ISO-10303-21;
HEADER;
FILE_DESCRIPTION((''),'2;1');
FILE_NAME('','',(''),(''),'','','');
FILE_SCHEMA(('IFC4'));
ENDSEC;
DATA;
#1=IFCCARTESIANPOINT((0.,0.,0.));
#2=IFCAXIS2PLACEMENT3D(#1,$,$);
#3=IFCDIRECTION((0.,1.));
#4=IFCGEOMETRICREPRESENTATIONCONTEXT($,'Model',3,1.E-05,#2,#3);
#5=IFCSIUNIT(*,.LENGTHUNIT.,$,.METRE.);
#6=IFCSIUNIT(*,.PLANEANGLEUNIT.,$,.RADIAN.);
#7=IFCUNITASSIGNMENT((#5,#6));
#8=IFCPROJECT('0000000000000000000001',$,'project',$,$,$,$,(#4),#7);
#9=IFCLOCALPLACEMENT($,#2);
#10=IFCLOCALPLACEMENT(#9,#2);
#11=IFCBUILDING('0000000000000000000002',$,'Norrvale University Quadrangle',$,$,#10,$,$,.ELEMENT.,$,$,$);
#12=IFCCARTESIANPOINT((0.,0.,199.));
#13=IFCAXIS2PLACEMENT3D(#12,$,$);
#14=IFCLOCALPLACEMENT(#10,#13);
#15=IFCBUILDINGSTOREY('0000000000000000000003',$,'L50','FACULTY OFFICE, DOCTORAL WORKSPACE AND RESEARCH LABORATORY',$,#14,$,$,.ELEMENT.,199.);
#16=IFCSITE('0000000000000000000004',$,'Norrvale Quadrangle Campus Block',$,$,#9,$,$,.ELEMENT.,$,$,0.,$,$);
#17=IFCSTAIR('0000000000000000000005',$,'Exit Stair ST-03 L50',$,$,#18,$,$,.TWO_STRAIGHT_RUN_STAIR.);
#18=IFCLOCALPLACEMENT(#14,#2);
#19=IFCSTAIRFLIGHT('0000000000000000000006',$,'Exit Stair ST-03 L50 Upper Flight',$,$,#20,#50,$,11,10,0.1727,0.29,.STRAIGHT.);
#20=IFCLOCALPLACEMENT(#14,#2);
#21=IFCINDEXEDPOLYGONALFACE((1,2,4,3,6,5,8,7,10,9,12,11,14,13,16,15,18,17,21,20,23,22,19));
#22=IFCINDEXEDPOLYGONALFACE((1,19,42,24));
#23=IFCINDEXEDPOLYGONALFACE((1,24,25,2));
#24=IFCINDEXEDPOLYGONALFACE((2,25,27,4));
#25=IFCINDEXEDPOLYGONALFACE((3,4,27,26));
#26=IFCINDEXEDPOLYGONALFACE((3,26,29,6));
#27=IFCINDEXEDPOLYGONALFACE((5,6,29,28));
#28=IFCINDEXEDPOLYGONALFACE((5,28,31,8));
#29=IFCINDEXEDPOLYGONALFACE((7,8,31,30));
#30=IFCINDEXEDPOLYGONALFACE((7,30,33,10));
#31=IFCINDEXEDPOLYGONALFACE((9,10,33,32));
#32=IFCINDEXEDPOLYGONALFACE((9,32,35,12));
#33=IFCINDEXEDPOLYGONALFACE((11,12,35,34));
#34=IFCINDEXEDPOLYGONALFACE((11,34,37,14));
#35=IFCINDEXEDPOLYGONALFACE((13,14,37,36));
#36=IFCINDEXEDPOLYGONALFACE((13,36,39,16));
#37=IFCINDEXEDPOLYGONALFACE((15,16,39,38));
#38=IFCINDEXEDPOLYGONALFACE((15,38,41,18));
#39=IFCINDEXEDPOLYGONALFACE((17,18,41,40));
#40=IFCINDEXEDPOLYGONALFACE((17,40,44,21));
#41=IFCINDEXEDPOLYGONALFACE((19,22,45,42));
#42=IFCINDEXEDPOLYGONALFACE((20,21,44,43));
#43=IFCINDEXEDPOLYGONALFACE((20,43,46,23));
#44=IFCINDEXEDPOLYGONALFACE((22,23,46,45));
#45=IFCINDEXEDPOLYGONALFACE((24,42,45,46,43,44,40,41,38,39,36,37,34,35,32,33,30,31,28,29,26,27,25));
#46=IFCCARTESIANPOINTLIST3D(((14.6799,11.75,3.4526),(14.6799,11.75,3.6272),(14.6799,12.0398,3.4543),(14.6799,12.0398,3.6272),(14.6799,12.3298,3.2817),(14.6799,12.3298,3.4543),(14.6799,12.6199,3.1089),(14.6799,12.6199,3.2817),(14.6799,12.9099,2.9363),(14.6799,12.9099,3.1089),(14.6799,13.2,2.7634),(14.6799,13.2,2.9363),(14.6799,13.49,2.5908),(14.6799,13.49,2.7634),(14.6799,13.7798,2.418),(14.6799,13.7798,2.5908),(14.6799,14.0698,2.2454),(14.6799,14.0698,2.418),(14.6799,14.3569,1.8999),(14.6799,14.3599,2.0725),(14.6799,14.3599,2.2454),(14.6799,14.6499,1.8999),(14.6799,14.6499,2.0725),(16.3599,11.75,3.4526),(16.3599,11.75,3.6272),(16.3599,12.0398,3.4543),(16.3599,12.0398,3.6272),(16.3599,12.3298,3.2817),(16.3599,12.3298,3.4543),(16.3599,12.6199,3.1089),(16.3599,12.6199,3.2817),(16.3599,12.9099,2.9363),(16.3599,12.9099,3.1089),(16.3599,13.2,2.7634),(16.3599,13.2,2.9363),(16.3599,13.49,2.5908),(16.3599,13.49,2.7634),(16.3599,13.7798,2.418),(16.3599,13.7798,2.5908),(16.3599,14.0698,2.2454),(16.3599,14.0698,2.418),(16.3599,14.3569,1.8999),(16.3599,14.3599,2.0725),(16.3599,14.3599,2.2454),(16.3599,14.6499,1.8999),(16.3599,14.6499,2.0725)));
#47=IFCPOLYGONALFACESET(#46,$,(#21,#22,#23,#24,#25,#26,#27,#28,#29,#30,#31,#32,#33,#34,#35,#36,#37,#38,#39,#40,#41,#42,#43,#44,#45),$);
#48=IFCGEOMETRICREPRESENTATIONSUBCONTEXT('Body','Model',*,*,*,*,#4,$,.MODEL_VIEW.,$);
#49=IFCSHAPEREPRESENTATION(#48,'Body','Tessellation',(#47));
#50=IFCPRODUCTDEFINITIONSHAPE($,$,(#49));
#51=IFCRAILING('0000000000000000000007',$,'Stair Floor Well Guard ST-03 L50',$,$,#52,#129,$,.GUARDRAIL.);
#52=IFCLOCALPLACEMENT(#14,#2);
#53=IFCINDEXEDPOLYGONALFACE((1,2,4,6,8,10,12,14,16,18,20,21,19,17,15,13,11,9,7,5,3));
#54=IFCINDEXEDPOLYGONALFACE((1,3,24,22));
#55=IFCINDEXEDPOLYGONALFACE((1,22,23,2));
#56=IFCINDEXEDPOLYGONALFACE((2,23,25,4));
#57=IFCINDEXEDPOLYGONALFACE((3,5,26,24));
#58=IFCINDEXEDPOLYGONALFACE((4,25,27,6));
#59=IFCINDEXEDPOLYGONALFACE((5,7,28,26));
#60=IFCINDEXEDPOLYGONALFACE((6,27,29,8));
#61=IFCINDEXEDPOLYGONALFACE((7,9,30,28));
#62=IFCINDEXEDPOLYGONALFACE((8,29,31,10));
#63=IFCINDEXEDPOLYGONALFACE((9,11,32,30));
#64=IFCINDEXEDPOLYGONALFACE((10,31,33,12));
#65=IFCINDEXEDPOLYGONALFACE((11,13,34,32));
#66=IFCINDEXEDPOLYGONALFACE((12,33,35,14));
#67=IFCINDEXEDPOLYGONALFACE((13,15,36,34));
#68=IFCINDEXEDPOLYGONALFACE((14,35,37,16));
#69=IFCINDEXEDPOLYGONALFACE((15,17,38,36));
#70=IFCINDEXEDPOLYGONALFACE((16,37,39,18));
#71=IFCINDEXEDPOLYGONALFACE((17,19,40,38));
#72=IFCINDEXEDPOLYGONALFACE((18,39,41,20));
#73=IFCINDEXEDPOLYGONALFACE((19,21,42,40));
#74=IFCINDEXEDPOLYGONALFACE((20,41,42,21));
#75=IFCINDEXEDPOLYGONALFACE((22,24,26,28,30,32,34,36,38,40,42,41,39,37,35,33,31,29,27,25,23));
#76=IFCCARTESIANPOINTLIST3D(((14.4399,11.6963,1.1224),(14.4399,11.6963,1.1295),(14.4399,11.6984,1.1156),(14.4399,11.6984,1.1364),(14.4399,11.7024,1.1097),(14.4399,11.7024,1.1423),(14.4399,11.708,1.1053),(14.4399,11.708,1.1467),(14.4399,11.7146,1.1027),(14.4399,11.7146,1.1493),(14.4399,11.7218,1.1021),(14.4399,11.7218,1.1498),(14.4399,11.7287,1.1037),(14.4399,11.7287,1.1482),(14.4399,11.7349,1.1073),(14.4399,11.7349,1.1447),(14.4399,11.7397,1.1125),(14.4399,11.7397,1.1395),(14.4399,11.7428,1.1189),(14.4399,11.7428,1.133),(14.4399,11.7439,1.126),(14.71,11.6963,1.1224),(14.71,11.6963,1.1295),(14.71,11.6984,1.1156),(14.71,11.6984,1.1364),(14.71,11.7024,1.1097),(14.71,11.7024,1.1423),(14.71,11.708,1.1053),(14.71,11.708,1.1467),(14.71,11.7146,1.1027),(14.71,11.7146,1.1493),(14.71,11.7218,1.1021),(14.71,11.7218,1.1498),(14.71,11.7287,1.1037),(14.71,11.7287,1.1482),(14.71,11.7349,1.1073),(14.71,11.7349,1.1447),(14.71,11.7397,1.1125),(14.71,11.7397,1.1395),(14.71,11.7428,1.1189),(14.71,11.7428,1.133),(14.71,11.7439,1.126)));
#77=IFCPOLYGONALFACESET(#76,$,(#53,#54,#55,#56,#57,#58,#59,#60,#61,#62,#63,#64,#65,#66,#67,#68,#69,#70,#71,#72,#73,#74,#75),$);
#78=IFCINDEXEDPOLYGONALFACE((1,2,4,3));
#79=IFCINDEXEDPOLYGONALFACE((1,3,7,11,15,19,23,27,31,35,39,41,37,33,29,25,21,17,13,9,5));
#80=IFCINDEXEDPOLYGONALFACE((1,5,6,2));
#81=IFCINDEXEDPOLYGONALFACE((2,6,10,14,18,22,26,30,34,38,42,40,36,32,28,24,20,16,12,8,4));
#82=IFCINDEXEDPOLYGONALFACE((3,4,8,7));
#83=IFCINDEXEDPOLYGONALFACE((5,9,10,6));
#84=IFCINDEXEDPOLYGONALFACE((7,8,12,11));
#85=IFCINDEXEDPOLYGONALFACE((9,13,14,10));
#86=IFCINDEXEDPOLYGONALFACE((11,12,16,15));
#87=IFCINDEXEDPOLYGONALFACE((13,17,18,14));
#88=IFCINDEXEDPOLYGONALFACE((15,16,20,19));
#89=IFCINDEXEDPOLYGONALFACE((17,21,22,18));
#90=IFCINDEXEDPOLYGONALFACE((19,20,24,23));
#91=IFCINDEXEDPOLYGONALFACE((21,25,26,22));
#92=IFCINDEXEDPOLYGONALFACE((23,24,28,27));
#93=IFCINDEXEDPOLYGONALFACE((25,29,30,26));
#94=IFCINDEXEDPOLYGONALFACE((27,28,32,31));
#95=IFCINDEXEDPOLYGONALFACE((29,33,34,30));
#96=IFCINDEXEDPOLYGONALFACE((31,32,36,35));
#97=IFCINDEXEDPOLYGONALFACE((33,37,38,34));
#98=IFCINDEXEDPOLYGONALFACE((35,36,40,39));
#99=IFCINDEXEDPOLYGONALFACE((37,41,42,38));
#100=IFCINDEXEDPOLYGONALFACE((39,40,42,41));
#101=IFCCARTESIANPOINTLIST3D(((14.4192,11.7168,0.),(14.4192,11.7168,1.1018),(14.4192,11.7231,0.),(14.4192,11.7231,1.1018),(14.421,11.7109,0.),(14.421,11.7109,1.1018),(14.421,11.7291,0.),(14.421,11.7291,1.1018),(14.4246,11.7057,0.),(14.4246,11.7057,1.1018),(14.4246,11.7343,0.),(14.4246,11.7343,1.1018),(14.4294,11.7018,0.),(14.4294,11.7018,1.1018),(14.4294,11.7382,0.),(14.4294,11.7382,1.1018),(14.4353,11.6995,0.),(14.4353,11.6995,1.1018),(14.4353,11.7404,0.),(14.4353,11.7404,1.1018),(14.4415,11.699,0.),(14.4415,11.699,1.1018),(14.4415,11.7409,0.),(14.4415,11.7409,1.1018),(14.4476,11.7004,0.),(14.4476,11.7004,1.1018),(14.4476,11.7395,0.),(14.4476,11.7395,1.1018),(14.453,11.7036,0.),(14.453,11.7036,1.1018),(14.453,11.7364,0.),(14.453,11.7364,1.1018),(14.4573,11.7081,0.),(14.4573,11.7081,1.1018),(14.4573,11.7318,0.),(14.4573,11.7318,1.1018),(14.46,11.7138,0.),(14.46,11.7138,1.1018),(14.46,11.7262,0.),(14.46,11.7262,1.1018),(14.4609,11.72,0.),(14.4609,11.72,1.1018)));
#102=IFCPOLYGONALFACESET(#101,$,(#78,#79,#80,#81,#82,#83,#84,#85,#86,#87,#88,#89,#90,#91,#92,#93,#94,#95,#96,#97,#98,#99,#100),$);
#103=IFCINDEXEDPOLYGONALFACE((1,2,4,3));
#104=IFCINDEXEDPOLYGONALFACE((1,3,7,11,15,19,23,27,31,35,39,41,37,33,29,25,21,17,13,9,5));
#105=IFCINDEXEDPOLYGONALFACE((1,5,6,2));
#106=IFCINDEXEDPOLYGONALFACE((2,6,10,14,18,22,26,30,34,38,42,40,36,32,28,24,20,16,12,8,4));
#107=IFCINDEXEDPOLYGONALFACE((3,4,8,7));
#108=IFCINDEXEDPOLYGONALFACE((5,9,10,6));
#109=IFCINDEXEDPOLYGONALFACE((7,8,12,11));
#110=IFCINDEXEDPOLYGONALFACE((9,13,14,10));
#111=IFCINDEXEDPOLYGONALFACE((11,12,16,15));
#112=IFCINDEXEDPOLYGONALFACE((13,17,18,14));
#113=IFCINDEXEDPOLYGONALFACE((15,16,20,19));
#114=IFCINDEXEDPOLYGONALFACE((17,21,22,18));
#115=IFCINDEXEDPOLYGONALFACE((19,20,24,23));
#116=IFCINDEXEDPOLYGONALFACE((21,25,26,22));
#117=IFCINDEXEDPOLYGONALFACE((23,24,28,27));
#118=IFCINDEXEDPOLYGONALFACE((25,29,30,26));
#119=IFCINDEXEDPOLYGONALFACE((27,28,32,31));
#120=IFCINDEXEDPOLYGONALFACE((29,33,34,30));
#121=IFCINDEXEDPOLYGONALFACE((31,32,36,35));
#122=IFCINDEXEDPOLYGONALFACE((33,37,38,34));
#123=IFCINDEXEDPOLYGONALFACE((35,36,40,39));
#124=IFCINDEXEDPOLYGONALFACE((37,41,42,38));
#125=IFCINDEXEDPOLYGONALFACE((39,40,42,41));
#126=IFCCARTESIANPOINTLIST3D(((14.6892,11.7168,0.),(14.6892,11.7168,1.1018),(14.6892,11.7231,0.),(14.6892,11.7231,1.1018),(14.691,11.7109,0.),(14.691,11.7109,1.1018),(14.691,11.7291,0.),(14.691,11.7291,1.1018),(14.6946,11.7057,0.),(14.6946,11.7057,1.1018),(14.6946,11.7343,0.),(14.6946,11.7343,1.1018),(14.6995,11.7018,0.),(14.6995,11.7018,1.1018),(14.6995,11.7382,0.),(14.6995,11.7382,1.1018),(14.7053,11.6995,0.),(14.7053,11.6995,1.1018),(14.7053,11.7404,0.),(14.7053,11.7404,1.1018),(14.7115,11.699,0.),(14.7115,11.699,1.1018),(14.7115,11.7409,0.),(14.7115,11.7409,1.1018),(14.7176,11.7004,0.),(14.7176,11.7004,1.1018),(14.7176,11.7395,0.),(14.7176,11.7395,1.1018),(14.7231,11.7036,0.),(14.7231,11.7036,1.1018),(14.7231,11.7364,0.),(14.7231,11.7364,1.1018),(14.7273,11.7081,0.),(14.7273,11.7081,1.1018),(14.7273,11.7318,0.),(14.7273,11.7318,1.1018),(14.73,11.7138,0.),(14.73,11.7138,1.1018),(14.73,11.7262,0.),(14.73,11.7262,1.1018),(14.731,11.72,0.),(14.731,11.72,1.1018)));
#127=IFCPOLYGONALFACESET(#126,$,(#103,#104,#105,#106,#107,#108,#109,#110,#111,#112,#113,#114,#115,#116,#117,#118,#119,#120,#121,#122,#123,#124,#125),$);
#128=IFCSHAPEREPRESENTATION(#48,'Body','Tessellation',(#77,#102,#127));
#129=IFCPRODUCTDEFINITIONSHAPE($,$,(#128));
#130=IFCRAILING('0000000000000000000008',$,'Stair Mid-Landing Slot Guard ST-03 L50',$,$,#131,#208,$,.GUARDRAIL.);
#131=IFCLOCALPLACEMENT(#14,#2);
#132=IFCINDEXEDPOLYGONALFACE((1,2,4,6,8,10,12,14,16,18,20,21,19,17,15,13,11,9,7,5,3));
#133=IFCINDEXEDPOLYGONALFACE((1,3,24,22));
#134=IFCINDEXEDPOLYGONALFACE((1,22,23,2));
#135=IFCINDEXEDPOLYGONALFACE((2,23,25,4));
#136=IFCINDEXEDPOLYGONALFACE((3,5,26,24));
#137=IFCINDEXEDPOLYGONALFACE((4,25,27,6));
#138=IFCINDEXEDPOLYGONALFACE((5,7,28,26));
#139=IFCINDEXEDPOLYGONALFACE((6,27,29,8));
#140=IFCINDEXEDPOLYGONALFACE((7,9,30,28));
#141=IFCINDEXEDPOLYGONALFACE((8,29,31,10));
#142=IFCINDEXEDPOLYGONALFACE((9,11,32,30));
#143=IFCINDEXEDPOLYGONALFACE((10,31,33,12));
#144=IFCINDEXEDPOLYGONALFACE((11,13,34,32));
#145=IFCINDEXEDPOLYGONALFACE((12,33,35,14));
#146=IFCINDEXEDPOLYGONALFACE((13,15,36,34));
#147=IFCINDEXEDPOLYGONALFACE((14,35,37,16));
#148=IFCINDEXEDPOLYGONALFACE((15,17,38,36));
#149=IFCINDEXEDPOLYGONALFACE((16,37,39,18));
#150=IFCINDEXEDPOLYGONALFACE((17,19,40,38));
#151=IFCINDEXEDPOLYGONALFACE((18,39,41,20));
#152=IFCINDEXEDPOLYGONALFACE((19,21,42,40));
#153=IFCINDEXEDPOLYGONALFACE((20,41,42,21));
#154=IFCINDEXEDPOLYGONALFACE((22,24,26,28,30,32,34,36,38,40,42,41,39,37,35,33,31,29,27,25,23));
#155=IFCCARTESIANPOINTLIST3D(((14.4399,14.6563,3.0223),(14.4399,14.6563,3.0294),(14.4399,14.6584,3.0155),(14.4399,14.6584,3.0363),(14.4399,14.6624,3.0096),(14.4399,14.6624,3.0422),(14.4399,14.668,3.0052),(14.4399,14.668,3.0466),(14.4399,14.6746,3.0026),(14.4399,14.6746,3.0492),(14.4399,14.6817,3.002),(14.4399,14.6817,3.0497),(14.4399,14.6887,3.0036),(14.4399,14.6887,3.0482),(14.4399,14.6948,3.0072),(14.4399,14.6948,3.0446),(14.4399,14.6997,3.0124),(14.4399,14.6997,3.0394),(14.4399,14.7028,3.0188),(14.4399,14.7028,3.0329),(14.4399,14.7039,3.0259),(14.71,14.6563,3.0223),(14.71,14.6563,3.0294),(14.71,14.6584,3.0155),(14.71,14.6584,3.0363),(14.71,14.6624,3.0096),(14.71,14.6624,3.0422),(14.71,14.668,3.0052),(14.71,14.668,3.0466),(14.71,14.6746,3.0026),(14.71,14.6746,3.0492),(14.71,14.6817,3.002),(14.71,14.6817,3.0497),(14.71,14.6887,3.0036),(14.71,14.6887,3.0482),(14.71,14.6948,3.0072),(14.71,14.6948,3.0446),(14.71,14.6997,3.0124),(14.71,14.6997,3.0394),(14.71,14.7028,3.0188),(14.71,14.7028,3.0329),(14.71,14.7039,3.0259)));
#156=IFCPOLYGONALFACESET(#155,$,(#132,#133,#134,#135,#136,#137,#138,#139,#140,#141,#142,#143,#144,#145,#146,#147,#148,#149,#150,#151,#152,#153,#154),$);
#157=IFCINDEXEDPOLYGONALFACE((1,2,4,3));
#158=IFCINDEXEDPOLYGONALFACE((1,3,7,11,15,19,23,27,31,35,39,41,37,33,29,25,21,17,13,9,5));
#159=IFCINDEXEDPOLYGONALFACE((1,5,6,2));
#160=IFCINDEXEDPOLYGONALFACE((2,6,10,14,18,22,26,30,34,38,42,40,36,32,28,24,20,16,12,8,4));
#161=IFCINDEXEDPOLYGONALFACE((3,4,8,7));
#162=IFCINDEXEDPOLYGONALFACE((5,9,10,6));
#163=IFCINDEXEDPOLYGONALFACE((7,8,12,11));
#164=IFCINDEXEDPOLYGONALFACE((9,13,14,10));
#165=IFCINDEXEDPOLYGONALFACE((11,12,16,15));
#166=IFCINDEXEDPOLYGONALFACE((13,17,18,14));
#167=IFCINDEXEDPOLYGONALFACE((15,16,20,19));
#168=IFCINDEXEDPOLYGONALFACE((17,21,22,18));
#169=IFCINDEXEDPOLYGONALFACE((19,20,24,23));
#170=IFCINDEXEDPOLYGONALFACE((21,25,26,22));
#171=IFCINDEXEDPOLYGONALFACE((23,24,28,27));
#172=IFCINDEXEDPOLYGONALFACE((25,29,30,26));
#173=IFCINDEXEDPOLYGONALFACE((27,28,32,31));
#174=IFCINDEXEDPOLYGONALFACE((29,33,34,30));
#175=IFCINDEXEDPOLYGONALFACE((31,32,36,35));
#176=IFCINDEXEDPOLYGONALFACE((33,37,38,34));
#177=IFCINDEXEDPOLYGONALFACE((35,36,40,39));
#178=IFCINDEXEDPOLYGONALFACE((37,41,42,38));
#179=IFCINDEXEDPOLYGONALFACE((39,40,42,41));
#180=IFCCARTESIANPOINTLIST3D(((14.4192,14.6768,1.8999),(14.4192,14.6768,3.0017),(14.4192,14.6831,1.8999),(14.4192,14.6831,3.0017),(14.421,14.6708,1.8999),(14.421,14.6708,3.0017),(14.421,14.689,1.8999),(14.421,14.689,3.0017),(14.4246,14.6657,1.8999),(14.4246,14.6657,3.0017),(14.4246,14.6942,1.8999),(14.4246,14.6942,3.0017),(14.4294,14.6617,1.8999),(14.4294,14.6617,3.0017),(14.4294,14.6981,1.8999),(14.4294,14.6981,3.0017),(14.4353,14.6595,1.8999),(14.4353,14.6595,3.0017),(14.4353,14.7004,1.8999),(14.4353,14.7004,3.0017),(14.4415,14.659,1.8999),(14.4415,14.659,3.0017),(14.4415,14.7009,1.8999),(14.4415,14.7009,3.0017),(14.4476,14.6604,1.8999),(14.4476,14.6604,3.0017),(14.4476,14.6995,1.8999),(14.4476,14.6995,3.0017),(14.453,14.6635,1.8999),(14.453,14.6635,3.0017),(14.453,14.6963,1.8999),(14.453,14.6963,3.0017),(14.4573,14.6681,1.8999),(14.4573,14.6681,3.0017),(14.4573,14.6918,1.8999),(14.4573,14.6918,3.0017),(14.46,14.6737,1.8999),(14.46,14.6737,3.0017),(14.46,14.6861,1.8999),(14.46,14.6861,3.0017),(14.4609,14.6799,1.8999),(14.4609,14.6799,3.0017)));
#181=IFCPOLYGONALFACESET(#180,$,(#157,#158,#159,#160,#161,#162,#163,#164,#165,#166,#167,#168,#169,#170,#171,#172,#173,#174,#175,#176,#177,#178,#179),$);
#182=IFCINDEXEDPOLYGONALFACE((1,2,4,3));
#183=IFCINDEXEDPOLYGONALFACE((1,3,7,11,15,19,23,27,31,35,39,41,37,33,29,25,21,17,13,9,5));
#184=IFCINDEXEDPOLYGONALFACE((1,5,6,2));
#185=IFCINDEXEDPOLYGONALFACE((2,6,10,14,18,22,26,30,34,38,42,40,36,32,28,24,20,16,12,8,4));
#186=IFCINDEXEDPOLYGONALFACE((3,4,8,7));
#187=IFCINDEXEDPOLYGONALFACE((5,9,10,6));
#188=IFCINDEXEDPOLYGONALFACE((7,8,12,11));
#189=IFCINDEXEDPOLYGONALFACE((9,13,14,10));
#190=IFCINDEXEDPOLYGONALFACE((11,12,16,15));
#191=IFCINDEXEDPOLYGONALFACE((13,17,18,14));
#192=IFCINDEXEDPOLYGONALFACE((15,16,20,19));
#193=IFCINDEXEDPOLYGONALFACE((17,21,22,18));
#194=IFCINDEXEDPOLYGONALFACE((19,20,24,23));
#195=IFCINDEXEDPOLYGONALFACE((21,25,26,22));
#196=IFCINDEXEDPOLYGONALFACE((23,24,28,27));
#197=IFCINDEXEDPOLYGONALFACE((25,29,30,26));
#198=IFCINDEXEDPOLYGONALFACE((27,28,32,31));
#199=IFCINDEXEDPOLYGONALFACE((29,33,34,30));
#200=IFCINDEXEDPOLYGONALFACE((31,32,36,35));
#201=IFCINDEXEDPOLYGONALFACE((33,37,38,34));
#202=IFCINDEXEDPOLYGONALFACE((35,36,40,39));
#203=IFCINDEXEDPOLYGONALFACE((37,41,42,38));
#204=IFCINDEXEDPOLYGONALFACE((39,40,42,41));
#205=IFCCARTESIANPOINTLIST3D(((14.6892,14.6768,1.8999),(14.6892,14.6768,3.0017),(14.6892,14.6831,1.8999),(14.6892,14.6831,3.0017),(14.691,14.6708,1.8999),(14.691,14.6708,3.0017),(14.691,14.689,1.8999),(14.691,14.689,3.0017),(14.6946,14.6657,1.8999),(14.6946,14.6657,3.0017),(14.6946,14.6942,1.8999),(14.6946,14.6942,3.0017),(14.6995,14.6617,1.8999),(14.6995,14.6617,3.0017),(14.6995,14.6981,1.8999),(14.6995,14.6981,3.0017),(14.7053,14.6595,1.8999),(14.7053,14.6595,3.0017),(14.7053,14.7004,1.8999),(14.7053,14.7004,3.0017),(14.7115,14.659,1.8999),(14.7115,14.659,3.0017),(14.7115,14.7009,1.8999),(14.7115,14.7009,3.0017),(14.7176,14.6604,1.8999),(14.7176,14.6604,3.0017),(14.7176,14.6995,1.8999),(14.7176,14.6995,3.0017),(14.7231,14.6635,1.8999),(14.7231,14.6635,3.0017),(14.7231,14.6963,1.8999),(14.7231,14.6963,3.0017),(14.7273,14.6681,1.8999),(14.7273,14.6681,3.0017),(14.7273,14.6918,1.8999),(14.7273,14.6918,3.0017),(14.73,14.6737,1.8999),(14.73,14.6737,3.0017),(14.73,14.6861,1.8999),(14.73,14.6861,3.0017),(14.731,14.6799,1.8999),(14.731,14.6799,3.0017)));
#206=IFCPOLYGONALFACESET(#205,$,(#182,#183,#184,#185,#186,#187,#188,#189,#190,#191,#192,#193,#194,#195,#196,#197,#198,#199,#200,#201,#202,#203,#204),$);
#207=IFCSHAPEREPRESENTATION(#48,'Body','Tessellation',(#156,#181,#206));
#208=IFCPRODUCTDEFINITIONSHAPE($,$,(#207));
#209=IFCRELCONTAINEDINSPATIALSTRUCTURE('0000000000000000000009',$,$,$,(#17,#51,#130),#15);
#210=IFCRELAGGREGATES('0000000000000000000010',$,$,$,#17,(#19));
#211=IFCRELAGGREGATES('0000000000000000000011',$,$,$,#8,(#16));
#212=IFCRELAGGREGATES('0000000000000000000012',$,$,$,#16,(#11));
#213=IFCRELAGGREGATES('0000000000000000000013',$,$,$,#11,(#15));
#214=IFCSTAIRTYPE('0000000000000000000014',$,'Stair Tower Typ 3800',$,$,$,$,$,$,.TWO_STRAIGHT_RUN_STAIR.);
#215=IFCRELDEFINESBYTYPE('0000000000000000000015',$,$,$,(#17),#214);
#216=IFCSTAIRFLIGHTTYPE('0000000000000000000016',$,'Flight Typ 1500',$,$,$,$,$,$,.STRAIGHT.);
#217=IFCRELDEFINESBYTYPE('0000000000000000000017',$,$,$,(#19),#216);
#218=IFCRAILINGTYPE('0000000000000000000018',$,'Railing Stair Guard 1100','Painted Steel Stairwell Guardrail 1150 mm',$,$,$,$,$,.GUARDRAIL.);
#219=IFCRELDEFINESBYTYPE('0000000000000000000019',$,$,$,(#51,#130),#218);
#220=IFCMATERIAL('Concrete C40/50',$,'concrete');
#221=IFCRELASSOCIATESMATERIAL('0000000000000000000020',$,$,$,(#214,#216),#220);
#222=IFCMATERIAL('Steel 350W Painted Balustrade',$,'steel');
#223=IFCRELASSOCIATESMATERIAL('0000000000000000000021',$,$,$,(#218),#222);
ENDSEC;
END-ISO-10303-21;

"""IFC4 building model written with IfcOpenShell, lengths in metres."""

from ifc_helpers import new_model, si_unit, direction, frame, origin, origin_2d, place, context, subcontext, project, spatial, polyline, circle, outline, extrude, material, type_object, element, aggregate, save


model = new_model("IFC4")

# Units and contexts
model_context = context("Model", 3, precision=1e-05, world=origin(), true_north=direction((0.0, 1.0)))
body_context = subcontext(model_context, "Body", "Model", "MODEL_VIEW")
ifc_project = project(units=[si_unit("LENGTHUNIT", "METRE"), si_unit("PLANEANGLEUNIT", "RADIAN")], contexts=[model_context])

# Site, building, storey
site_placement = place(None, origin())
site = spatial("IfcSite", under=ifc_project, at=site_placement, Name="Norrvale Quadrangle Campus Block", CompositionType="ELEMENT", RefElevation=0.0)
building_placement = place(site_placement, origin())
building = spatial("IfcBuilding", under=site, at=building_placement, Name="Norrvale University Quadrangle", CompositionType="ELEMENT")
storey_placement = place(building_placement, frame((0.0, 0.0, 199.0)))
storey = spatial("IfcBuildingStorey", under=building, at=storey_placement, Name="L50", Description="FACULTY OFFICE, DOCTORAL WORKSPACE AND RESEARCH LABORATORY", CompositionType="ELEMENT", Elevation=199.0)

# Stair, stair flight
ifc_material_1 = material(Name="Concrete C40/50", Category="concrete")
stair_type = type_object("IfcStairType", Name="Stair Tower Typ 3800", PredefinedType="TWO_STRAIGHT_RUN_STAIR", material=ifc_material_1)
stair_placement = place(storey_placement, origin())
stair = element("IfcStair", 1, at=stair_placement, inside=storey, type_object=stair_type, Name="Exit Stair ST-03 L50", PredefinedType="TWO_STRAIGHT_RUN_STAIR")
stair_flight_type = type_object("IfcStairFlightType", Name="Flight Typ 1500", PredefinedType="STRAIGHT", material=ifc_material_1)
stair_flight_1_placement = place(storey_placement, frame((15.52, 14.6499, 1.8999), z_axis=(0.0, 0.0, 1.0), x_axis=(0.0, -1.0, 0.0)))
stair_flight_1 = element("IfcStairFlight", 2, at=stair_flight_1_placement, type_object=stair_flight_type, Name="Exit Stair ST-03 L50 Upper Flight", NumberOfRisers=11, NumberOfTreads=10, PredefinedType="STRAIGHT", RiserHeight=0.1727, TreadLength=0.29, context=body_context, shape_type="SweptSolid", body=[
    extrude(outline(polyline([(0.0, 0.0), (0.0, 0.1726), (0.29, 0.1726), (0.29, 0.3455), (0.5801, 0.3455), (0.5801, 0.5181), (0.8701, 0.5181), (0.8701, 0.6909), (1.1599, 0.6909), (1.1599, 0.8635), (1.45, 0.8635), (1.45, 1.0364), (1.74, 1.0364), (1.74, 1.209), (2.03, 1.209), (2.03, 1.3818), (2.3201, 1.3818), (2.3201, 1.5544), (2.6101, 1.5544), (2.6101, 1.7273), (2.8999, 1.7273), (2.8999, 1.8999), (2.8999, 1.5527), (0.293, 0.0), (0.0, 0.0)])), frame((0.0, 0.8398, 0.0), z_axis=(0.0, -1.0, 0.0), x_axis=(1.0, 0.0, 0.0)), (0.0, 0.0, 1.0), 1.6799),
])
aggregate(stair, [stair_flight_1])

# Railings
ifc_material_2 = material(Name="Steel 350W Painted Balustrade", Category="steel")
railing_type_1 = type_object("IfcRailingType", Name="Railing Stair Guard 1100", Description="Painted Steel Stairwell Guardrail 1150 mm", PredefinedType="GUARDRAIL", material=ifc_material_2)
for number, where, name in (
    (3, (14.4399, 11.72, 0.0), "Stair Floor Well Guard ST-03 L50"),
    (4, (14.4399, 14.6799, 1.8999), "Stair Mid-Landing Slot Guard ST-03 L50"),
):
    element("IfcRailing", number, at=place(storey_placement, frame(where)), inside=storey, type_object=railing_type_1, Name=name, PredefinedType="GUARDRAIL", context=body_context, shape_type="SweptSolid", body=[
        extrude(circle(Radius=0.0239, at=origin_2d()), frame((0.0, 0.0, 1.126), z_axis=(1.0, 0.0, 0.0), x_axis=(0.0, 1.0, 0.0)), (0.0, 0.0, 1.0), 0.27),
        extrude(circle(Radius=0.021, at=origin_2d()), origin(), (0.0, 0.0, 1.0), 1.1018),
        extrude(circle(Radius=0.021, at=origin_2d()), frame((0.27, 0.0, 0.0)), (0.0, 0.0, 1.0), 1.1018),
    ])

save(model, "model.ifc")
